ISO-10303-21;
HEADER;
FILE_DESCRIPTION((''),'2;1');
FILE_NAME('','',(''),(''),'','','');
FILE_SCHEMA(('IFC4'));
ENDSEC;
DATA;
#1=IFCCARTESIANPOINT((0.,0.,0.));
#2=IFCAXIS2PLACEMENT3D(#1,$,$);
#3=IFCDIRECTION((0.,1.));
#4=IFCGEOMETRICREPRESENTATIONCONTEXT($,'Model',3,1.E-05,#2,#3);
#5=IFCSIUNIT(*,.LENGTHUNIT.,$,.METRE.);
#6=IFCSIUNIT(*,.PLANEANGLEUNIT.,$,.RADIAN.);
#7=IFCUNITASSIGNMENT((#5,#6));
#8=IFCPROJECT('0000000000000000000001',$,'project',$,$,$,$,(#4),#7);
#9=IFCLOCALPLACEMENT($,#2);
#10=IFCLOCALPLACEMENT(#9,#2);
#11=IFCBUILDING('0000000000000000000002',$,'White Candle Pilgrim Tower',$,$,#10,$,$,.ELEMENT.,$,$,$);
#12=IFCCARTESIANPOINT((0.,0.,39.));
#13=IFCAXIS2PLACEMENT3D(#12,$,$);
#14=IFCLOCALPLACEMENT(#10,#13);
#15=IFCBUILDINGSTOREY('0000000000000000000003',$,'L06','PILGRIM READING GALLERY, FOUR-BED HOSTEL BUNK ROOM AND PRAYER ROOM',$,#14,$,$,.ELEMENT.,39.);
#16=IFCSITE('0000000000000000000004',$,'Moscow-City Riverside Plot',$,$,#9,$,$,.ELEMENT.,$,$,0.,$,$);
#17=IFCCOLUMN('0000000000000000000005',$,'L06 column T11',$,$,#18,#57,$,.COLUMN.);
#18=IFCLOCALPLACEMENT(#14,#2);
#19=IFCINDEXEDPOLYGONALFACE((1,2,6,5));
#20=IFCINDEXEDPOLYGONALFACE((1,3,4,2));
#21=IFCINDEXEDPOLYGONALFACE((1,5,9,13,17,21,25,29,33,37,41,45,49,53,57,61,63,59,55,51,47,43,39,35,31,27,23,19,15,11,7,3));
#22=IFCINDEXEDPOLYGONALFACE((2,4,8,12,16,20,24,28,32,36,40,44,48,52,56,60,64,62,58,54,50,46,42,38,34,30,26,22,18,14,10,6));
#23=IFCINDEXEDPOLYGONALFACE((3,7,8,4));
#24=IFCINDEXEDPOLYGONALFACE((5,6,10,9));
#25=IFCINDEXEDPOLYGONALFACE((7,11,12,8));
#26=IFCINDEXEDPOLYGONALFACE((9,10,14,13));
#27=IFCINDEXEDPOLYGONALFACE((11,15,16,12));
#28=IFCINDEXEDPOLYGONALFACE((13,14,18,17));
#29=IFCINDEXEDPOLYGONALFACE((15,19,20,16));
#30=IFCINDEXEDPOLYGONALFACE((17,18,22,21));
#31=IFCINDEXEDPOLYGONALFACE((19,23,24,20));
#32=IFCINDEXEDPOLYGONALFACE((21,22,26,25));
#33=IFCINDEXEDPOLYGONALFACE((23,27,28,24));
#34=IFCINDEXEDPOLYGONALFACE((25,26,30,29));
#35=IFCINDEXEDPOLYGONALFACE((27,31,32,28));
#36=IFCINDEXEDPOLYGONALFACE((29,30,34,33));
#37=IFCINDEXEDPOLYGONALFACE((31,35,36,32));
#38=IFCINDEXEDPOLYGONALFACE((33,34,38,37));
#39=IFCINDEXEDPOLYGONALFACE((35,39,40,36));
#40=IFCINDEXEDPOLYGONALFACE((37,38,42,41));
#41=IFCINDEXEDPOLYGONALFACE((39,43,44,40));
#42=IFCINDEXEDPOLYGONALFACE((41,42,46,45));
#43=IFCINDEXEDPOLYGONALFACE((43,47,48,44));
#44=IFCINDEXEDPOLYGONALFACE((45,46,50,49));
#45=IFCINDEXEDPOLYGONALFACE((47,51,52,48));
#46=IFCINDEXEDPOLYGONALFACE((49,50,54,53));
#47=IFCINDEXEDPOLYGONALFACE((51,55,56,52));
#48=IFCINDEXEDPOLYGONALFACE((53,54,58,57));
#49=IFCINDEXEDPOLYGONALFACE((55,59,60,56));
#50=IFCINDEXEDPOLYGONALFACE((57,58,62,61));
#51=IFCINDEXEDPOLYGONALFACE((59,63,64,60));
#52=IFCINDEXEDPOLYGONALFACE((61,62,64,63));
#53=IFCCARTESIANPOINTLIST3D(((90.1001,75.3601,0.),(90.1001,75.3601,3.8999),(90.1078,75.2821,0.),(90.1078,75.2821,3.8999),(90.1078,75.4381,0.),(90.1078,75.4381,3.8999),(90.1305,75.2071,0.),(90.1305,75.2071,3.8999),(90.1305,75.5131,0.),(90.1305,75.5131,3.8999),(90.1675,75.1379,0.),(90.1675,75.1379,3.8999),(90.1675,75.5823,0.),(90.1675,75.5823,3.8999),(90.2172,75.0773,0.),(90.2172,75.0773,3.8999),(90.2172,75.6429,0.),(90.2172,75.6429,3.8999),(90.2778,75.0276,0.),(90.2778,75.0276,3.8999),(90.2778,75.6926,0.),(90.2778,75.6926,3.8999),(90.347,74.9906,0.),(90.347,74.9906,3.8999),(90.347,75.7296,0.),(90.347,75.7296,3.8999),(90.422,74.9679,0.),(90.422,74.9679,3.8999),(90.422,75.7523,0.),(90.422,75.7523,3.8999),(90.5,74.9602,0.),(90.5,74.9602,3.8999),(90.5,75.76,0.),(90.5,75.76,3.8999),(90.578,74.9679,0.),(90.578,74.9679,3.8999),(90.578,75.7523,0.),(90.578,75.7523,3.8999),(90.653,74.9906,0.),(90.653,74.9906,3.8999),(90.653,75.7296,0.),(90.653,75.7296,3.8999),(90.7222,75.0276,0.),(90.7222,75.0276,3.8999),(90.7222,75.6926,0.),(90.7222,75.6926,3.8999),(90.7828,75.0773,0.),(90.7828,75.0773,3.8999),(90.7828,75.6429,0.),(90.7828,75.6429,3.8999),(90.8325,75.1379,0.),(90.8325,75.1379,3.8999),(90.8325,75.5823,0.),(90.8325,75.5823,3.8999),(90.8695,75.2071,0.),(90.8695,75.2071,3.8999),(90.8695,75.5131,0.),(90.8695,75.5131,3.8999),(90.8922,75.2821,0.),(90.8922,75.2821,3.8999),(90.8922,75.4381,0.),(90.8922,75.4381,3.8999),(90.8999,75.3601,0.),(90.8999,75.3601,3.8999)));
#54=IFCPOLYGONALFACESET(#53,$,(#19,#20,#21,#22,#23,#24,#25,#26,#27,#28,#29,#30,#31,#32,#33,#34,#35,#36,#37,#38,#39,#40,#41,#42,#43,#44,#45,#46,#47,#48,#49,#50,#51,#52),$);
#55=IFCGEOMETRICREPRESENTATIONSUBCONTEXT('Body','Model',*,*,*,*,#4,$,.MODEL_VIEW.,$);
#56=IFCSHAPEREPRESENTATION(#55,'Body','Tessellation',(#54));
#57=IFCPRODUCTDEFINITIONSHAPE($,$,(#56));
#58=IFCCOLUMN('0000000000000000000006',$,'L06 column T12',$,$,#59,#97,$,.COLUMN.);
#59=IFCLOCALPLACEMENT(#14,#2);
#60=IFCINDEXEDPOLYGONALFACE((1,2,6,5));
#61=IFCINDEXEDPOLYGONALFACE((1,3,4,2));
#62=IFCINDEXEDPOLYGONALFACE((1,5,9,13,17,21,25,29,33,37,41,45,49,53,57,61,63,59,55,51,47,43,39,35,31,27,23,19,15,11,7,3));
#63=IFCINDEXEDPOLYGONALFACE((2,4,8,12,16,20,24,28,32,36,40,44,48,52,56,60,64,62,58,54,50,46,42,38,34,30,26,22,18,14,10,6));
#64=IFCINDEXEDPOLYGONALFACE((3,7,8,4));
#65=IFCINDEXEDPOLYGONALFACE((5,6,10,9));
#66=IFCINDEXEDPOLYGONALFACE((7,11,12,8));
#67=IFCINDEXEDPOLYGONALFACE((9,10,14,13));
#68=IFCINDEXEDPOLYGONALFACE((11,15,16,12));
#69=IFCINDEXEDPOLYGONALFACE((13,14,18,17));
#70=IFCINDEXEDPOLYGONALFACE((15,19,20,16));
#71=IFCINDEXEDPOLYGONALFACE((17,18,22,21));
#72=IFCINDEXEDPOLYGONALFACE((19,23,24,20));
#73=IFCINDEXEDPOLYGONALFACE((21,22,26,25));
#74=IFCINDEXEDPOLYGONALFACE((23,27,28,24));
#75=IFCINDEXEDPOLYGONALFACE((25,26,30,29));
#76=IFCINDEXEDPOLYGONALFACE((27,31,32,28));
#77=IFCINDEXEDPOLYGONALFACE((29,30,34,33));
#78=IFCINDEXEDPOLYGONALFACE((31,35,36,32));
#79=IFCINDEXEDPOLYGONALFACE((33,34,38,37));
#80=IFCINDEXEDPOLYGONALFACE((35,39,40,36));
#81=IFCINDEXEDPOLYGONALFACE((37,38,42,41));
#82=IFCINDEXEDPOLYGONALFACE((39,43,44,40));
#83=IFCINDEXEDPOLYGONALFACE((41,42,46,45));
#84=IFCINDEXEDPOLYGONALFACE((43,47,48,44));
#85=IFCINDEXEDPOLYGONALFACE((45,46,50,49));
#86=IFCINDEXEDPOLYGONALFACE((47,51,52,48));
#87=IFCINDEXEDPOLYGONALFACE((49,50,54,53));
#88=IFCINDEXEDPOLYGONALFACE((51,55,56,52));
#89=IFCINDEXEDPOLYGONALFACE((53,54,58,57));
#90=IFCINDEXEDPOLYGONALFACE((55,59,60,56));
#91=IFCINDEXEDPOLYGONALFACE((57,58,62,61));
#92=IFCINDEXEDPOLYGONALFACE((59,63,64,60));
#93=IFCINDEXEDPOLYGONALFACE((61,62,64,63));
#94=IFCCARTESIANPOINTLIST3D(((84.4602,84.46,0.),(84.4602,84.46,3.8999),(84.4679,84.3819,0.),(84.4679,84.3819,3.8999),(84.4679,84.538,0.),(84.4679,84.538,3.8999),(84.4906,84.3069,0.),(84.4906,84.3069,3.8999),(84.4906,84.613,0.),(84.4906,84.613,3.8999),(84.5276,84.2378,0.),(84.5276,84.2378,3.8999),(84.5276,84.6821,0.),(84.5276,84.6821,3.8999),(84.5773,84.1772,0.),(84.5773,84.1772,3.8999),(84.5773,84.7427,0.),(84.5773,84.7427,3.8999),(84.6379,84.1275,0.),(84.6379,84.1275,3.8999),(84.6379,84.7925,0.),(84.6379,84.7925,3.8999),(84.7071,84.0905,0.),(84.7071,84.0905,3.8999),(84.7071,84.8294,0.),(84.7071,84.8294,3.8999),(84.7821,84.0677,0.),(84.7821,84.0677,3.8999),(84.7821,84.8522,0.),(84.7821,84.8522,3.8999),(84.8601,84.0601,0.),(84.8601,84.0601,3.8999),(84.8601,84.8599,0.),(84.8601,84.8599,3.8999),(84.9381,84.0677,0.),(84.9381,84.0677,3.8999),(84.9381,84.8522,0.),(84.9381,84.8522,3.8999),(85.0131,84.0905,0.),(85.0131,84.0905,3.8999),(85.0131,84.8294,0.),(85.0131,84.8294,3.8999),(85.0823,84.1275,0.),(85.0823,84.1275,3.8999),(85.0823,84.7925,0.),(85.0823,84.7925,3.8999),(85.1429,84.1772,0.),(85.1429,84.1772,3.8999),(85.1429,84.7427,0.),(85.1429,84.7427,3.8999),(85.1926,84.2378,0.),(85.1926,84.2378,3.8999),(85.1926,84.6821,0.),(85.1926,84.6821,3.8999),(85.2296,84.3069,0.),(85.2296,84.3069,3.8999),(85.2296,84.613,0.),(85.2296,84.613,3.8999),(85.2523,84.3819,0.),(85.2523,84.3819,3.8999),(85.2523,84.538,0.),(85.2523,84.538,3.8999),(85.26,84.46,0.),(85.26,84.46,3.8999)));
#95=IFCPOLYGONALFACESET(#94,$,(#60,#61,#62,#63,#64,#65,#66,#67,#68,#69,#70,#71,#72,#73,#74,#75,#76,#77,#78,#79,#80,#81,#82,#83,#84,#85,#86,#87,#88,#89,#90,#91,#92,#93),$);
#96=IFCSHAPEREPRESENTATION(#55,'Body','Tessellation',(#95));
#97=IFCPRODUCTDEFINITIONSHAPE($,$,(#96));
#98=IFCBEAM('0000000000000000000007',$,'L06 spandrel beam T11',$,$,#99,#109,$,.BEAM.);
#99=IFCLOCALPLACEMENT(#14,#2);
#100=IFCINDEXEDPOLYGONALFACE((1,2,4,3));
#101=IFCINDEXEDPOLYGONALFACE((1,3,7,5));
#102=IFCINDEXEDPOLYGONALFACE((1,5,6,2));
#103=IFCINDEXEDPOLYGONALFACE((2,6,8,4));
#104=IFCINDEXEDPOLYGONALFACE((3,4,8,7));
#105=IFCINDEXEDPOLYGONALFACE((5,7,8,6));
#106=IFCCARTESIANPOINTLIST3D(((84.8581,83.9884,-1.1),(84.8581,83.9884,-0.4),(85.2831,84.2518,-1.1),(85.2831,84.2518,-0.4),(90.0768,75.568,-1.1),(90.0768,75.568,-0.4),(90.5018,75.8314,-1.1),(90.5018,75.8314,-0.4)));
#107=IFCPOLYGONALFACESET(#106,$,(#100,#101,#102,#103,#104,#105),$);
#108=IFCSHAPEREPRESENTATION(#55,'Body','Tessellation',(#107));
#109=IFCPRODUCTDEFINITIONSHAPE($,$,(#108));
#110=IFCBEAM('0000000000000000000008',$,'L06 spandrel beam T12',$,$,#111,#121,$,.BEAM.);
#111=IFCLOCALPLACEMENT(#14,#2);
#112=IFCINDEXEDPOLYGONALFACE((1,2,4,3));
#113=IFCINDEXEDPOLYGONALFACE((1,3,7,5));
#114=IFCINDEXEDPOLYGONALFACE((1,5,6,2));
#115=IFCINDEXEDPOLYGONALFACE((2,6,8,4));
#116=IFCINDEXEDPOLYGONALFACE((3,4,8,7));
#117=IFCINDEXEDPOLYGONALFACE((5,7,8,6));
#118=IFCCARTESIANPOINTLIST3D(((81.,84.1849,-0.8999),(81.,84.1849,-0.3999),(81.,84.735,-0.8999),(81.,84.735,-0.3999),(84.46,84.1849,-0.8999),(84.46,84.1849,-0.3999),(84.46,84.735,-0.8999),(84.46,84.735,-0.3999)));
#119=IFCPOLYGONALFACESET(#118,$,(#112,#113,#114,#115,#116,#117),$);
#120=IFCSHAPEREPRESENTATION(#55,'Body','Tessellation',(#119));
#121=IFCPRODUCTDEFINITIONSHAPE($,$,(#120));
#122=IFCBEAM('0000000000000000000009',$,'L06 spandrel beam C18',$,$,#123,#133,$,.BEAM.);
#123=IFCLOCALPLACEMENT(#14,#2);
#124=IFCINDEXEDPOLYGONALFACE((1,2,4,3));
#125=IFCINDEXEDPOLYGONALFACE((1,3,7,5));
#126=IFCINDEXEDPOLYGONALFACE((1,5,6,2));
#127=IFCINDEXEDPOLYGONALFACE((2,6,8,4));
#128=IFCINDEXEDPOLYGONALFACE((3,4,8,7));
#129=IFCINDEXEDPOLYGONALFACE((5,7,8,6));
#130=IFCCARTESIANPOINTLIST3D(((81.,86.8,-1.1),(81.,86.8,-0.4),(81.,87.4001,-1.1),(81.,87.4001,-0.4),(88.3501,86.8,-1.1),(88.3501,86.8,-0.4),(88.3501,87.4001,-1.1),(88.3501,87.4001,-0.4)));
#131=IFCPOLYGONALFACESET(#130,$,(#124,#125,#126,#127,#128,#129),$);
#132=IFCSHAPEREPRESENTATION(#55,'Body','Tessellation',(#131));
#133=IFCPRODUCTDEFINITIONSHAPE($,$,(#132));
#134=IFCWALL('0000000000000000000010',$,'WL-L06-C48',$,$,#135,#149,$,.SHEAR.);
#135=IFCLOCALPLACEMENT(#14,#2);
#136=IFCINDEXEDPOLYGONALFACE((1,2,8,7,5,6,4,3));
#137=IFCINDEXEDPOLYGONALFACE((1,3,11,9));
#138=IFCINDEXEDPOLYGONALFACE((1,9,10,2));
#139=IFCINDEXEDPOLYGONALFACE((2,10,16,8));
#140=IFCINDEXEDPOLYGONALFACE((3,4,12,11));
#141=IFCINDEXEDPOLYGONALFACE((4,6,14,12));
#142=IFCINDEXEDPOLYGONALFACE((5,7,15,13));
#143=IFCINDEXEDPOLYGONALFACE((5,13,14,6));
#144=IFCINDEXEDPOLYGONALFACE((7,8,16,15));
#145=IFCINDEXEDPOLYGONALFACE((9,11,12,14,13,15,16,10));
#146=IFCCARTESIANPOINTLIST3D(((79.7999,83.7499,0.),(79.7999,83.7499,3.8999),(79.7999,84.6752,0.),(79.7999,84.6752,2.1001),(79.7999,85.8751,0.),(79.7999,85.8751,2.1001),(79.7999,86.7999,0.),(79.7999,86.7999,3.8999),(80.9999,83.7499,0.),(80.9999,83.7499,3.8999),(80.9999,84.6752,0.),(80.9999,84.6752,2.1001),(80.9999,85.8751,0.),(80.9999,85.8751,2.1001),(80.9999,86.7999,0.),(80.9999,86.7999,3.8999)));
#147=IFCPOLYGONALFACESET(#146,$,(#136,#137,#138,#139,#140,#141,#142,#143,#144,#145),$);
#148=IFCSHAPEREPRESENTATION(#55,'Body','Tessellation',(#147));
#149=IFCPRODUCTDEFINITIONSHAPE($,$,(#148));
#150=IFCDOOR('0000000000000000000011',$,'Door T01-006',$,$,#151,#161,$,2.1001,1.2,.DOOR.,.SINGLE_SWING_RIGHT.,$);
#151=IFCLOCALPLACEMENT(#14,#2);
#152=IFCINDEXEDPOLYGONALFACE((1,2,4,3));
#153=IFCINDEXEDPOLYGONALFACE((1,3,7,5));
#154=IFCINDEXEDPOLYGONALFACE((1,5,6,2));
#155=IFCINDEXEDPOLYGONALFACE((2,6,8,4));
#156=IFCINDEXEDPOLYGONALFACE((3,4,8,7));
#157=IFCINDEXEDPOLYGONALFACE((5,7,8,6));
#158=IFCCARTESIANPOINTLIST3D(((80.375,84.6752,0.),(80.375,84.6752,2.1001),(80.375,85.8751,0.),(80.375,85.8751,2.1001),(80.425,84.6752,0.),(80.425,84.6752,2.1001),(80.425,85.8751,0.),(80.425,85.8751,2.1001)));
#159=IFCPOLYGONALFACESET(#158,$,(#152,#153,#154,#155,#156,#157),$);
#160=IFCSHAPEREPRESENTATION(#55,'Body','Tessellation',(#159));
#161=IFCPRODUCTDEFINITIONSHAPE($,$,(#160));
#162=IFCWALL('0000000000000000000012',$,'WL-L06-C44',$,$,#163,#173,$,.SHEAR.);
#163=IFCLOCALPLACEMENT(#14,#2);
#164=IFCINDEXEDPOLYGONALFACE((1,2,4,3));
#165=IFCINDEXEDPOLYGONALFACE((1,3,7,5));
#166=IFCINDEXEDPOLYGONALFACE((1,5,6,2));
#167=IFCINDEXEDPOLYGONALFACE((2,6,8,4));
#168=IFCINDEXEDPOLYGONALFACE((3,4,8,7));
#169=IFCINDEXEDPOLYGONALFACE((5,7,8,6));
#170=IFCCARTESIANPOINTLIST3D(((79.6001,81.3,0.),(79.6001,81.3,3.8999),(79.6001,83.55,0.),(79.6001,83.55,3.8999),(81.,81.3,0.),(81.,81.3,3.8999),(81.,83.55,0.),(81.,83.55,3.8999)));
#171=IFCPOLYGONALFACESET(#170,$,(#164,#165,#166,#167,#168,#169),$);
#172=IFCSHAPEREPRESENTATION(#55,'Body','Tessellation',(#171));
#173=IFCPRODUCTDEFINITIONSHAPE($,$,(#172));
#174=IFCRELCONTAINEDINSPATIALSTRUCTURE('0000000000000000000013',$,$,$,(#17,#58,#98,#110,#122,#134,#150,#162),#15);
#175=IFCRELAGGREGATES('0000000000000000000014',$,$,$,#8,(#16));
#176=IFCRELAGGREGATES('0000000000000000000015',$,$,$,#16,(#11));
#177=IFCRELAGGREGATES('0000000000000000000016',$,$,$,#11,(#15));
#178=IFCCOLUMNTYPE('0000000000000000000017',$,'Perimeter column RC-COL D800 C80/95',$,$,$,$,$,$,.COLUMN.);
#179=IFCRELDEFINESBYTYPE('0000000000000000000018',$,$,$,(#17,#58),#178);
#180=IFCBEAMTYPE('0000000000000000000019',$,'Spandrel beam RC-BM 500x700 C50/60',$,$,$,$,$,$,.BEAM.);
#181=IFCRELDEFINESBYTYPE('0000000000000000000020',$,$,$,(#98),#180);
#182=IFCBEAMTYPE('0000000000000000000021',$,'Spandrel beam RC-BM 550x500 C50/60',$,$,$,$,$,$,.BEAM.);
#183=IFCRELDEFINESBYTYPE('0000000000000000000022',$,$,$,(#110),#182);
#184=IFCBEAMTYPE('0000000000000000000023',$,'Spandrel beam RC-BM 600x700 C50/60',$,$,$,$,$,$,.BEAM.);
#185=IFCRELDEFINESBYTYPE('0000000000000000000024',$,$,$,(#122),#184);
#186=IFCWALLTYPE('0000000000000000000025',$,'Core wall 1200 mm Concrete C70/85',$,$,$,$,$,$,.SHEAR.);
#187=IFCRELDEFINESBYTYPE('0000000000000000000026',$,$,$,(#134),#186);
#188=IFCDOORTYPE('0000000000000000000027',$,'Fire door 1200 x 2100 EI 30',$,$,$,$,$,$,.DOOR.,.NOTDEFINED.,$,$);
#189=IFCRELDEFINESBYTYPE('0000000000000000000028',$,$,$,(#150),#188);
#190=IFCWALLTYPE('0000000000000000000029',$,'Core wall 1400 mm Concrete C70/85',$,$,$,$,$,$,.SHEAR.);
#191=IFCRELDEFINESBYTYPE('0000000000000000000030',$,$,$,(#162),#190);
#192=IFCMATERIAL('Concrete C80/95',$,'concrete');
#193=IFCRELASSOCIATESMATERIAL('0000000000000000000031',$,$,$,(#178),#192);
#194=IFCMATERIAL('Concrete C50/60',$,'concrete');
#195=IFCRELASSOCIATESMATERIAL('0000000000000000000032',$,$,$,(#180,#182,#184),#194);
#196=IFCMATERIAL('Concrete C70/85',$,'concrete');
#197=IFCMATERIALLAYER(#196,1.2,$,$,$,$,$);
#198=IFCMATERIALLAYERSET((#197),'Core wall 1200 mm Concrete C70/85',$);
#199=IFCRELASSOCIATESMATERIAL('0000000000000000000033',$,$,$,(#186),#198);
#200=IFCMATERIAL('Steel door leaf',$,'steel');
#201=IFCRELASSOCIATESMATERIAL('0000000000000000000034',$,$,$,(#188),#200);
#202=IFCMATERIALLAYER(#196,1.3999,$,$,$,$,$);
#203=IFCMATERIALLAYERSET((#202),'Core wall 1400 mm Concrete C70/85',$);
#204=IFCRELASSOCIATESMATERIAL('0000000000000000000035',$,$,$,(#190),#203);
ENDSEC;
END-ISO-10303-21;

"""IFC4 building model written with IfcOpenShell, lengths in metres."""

from ifc_helpers import new_model, si_unit, direction, frame, frame_2d, origin, origin_2d, place, context, subcontext, project, spatial, rectangle, circle, extrude, material, layer, layer_set, material_profile, profile_set, type_object, element, fill, save


model = new_model("IFC4")

# Units and contexts
model_context = context("Model", 3, precision=1e-05, world=origin(), true_north=direction((0.0, 1.0)))
body_context = subcontext(model_context, "Body", "Model", "MODEL_VIEW")
ifc_project = project(units=[si_unit("LENGTHUNIT", "METRE"), si_unit("PLANEANGLEUNIT", "RADIAN")], contexts=[model_context])

# Site, building, storey
site_placement = place(None, origin())
site = spatial("IfcSite", under=ifc_project, at=site_placement, Name="Moscow-City Riverside Plot", CompositionType="ELEMENT", RefElevation=0.0)
building_placement = place(site_placement, origin())
building = spatial("IfcBuilding", under=site, at=building_placement, Name="White Candle Pilgrim Tower", CompositionType="ELEMENT")
storey_placement = place(building_placement, frame((0.0, 0.0, 39.0)))
storey = spatial("IfcBuildingStorey", under=building, at=storey_placement, Name="L06", Description="PILGRIM READING GALLERY, FOUR-BED HOSTEL BUNK ROOM AND PRAYER ROOM", CompositionType="ELEMENT", Elevation=39.0)

# Columns
ifc_material_1 = material(Name="Concrete C80/95", Category="concrete")
ifc_material_profile_1 = material_profile(ifc_material_1, circle(Radius=0.3999, at=origin_2d()), Name="RC-COL D800")
ifc_profile_set_1 = profile_set([ifc_material_profile_1], Name="Concrete C80/95")
column_type = type_object("IfcColumnType", Name="Perimeter column RC-COL D800 C80/95", PredefinedType="COLUMN", material=ifc_profile_set_1)
for number, where, z_axis, x_axis, name in (
    (1, (90.5, 75.3601, 0.0), (0.0, 0.0, 1.0), (1.0, 0.0, 0.0), "L06 column T11"),
    (2, (84.8601, 84.46, 0.0), (0.0, 0.0, 1.0), (1.0, 0.0, 0.0), "L06 column T12"),
):
    element("IfcColumn", number, at=place(storey_placement, frame(where, z_axis=z_axis, x_axis=x_axis)), inside=storey, type_object=column_type, Name=name, PredefinedType="COLUMN", context=body_context, shape_type="SweptSolid", body=[
        extrude(circle(Radius=0.3999, at=origin_2d()), origin(), (0.0, 0.0, 1.0), 3.8999),
    ])

# Beams
ifc_material_2 = material(Name="Concrete C50/60", Category="concrete")
ifc_material_profile_2 = material_profile(ifc_material_2, rectangle(XDim=0.5, YDim=0.7, at=origin_2d()), Name="RC-BM 500x700")
ifc_profile_set_2 = profile_set([ifc_material_profile_2], Name="Concrete C50/60")
beam_type_1 = type_object("IfcBeamType", Name="Spandrel beam RC-BM 500x700 C50/60", PredefinedType="BEAM", material=ifc_profile_set_2)
beam_1_placement = place(storey_placement, frame((90.2893, 75.6997, -0.75), z_axis=(-0.526801, 0.849989, 0.0), x_axis=(-0.849989, -0.526801, 0.0)))
element("IfcBeam", 3, at=beam_1_placement, inside=storey, type_object=beam_type_1, Name="L06 spandrel beam T11", PredefinedType="BEAM", context=body_context, shape_type="SweptSolid", body=[
    extrude(rectangle(XDim=0.5, YDim=0.7, at=origin_2d()), origin(), (0.0, 0.0, 1.0), 9.9065),
])
ifc_material_profile_3 = material_profile(ifc_material_2, rectangle(XDim=0.55, YDim=0.5, at=origin_2d()), Name="RC-BM 550x500")
ifc_profile_set_3 = profile_set([ifc_material_profile_3], Name="Concrete C50/60")
beam_type_2 = type_object("IfcBeamType", Name="Spandrel beam RC-BM 550x500 C50/60", PredefinedType="BEAM", material=ifc_profile_set_3)
beam_2_placement = place(storey_placement, frame((84.46, 84.46, -0.6499), z_axis=(-1.0, 0.0, 0.0), x_axis=(0.0, -1.0, 0.0)))
element("IfcBeam", 4, at=beam_2_placement, inside=storey, type_object=beam_type_2, Name="L06 spandrel beam T12", PredefinedType="BEAM", context=body_context, shape_type="SweptSolid", body=[
    extrude(rectangle(XDim=0.55, YDim=0.5, at=origin_2d()), origin(), (0.0, 0.0, 1.0), 3.46),
])
ifc_material_profile_4 = material_profile(ifc_material_2, rectangle(XDim=0.6001, YDim=0.7, at=origin_2d()), Name="RC-BM 600x700")
ifc_profile_set_4 = profile_set([ifc_material_profile_4], Name="Concrete C50/60")
beam_type_3 = type_object("IfcBeamType", Name="Spandrel beam RC-BM 600x700 C50/60", PredefinedType="BEAM", material=ifc_profile_set_4)
beam_3_placement = place(storey_placement, frame((88.3501, 87.1001, -0.75), z_axis=(-1.0, 0.0, 0.0), x_axis=(0.0, -1.0, 0.0)))
element("IfcBeam", 5, at=beam_3_placement, inside=storey, type_object=beam_type_3, Name="L06 spandrel beam C18", PredefinedType="BEAM", context=body_context, shape_type="SweptSolid", body=[
    extrude(rectangle(XDim=0.6001, YDim=0.7, at=origin_2d()), origin(), (0.0, 0.0, 1.0), 7.3501),
])

# Wall, opening, door
ifc_material_3 = material(Name="Concrete C70/85", Category="concrete")
ifc_layer_1 = layer(ifc_material_3, 1.2)
ifc_layer_set_1 = layer_set([ifc_layer_1], Name="Core wall 1200 mm Concrete C70/85")
wall_type_1 = type_object("IfcWallType", Name="Core wall 1200 mm Concrete C70/85", PredefinedType="SHEAR", material=ifc_layer_set_1)
wall_1_placement = place(storey_placement, frame((80.3999, 83.75, 0.0), z_axis=(0.0, 0.0, 1.0), x_axis=(0.0, 1.0, 0.0)))
wall_1 = element("IfcWall", 6, at=wall_1_placement, inside=storey, type_object=wall_type_1, Name="WL-L06-C48", PredefinedType="SHEAR", context=body_context, shape_type="SweptSolid", body=[
    extrude(rectangle(XDim=3.05, YDim=1.2, at=frame_2d((1.5249, 0.0))), origin(), (0.0, 0.0, 1.0), 3.8999),
])
opening_1_placement = place(wall_1_placement, frame((0.925, 0.0, 0.0)))
opening_1 = element("IfcOpeningElement", 7, at=opening_1_placement, cuts=wall_1, PredefinedType="OPENING", context=body_context, shape_type="SweptSolid", body=[
    extrude(rectangle(XDim=1.2, YDim=2.1001, at=frame_2d((0.6001, 1.05))), frame((0.0, 0.6099, 0.0), z_axis=(0.0, -1.0, 0.0), x_axis=(1.0, 0.0, 0.0)), (0.0, 0.0, 1.0), 1.22),
])
ifc_material_4 = material(Name="Steel door leaf", Category="steel")
door_type_1 = type_object("IfcDoorType", Name="Fire door 1200 x 2100 EI 30", OperationType="NOTDEFINED", PredefinedType="DOOR", material=ifc_material_4)
door_1_placement = place(opening_1_placement, origin())
door_1 = element("IfcDoor", 8, at=door_1_placement, inside=storey, type_object=door_type_1, Name="Door T01-006", OperationType="SINGLE_SWING_RIGHT", OverallHeight=2.1001, OverallWidth=1.2, PredefinedType="DOOR", context=body_context, shape_type="SweptSolid", body=[
    extrude(rectangle(XDim=1.2, YDim=2.1001, at=frame_2d((0.6001, 1.05))), frame((0.0, 0.0249, 0.0), z_axis=(0.0, -1.0, 0.0), x_axis=(1.0, 0.0, 0.0)), (0.0, 0.0, 1.0), 0.05),
])
fill(opening_1, door_1)

# Wall
ifc_layer_2 = layer(ifc_material_3, 1.3999)
ifc_layer_set_2 = layer_set([ifc_layer_2], Name="Core wall 1400 mm Concrete C70/85")
wall_type_2 = type_object("IfcWallType", Name="Core wall 1400 mm Concrete C70/85", PredefinedType="SHEAR", material=ifc_layer_set_2)
wall_2_placement = place(storey_placement, frame((80.3, 81.3, 0.0), z_axis=(0.0, 0.0, 1.0), x_axis=(0.0, 1.0, 0.0)))
element("IfcWall", 9, at=wall_2_placement, inside=storey, type_object=wall_type_2, Name="WL-L06-C44", PredefinedType="SHEAR", context=body_context, shape_type="SweptSolid", body=[
    extrude(rectangle(XDim=2.25, YDim=1.3999, at=frame_2d((1.125, 0.0))), origin(), (0.0, 0.0, 1.0), 3.8999),
])

save(model, "model.ifc")
